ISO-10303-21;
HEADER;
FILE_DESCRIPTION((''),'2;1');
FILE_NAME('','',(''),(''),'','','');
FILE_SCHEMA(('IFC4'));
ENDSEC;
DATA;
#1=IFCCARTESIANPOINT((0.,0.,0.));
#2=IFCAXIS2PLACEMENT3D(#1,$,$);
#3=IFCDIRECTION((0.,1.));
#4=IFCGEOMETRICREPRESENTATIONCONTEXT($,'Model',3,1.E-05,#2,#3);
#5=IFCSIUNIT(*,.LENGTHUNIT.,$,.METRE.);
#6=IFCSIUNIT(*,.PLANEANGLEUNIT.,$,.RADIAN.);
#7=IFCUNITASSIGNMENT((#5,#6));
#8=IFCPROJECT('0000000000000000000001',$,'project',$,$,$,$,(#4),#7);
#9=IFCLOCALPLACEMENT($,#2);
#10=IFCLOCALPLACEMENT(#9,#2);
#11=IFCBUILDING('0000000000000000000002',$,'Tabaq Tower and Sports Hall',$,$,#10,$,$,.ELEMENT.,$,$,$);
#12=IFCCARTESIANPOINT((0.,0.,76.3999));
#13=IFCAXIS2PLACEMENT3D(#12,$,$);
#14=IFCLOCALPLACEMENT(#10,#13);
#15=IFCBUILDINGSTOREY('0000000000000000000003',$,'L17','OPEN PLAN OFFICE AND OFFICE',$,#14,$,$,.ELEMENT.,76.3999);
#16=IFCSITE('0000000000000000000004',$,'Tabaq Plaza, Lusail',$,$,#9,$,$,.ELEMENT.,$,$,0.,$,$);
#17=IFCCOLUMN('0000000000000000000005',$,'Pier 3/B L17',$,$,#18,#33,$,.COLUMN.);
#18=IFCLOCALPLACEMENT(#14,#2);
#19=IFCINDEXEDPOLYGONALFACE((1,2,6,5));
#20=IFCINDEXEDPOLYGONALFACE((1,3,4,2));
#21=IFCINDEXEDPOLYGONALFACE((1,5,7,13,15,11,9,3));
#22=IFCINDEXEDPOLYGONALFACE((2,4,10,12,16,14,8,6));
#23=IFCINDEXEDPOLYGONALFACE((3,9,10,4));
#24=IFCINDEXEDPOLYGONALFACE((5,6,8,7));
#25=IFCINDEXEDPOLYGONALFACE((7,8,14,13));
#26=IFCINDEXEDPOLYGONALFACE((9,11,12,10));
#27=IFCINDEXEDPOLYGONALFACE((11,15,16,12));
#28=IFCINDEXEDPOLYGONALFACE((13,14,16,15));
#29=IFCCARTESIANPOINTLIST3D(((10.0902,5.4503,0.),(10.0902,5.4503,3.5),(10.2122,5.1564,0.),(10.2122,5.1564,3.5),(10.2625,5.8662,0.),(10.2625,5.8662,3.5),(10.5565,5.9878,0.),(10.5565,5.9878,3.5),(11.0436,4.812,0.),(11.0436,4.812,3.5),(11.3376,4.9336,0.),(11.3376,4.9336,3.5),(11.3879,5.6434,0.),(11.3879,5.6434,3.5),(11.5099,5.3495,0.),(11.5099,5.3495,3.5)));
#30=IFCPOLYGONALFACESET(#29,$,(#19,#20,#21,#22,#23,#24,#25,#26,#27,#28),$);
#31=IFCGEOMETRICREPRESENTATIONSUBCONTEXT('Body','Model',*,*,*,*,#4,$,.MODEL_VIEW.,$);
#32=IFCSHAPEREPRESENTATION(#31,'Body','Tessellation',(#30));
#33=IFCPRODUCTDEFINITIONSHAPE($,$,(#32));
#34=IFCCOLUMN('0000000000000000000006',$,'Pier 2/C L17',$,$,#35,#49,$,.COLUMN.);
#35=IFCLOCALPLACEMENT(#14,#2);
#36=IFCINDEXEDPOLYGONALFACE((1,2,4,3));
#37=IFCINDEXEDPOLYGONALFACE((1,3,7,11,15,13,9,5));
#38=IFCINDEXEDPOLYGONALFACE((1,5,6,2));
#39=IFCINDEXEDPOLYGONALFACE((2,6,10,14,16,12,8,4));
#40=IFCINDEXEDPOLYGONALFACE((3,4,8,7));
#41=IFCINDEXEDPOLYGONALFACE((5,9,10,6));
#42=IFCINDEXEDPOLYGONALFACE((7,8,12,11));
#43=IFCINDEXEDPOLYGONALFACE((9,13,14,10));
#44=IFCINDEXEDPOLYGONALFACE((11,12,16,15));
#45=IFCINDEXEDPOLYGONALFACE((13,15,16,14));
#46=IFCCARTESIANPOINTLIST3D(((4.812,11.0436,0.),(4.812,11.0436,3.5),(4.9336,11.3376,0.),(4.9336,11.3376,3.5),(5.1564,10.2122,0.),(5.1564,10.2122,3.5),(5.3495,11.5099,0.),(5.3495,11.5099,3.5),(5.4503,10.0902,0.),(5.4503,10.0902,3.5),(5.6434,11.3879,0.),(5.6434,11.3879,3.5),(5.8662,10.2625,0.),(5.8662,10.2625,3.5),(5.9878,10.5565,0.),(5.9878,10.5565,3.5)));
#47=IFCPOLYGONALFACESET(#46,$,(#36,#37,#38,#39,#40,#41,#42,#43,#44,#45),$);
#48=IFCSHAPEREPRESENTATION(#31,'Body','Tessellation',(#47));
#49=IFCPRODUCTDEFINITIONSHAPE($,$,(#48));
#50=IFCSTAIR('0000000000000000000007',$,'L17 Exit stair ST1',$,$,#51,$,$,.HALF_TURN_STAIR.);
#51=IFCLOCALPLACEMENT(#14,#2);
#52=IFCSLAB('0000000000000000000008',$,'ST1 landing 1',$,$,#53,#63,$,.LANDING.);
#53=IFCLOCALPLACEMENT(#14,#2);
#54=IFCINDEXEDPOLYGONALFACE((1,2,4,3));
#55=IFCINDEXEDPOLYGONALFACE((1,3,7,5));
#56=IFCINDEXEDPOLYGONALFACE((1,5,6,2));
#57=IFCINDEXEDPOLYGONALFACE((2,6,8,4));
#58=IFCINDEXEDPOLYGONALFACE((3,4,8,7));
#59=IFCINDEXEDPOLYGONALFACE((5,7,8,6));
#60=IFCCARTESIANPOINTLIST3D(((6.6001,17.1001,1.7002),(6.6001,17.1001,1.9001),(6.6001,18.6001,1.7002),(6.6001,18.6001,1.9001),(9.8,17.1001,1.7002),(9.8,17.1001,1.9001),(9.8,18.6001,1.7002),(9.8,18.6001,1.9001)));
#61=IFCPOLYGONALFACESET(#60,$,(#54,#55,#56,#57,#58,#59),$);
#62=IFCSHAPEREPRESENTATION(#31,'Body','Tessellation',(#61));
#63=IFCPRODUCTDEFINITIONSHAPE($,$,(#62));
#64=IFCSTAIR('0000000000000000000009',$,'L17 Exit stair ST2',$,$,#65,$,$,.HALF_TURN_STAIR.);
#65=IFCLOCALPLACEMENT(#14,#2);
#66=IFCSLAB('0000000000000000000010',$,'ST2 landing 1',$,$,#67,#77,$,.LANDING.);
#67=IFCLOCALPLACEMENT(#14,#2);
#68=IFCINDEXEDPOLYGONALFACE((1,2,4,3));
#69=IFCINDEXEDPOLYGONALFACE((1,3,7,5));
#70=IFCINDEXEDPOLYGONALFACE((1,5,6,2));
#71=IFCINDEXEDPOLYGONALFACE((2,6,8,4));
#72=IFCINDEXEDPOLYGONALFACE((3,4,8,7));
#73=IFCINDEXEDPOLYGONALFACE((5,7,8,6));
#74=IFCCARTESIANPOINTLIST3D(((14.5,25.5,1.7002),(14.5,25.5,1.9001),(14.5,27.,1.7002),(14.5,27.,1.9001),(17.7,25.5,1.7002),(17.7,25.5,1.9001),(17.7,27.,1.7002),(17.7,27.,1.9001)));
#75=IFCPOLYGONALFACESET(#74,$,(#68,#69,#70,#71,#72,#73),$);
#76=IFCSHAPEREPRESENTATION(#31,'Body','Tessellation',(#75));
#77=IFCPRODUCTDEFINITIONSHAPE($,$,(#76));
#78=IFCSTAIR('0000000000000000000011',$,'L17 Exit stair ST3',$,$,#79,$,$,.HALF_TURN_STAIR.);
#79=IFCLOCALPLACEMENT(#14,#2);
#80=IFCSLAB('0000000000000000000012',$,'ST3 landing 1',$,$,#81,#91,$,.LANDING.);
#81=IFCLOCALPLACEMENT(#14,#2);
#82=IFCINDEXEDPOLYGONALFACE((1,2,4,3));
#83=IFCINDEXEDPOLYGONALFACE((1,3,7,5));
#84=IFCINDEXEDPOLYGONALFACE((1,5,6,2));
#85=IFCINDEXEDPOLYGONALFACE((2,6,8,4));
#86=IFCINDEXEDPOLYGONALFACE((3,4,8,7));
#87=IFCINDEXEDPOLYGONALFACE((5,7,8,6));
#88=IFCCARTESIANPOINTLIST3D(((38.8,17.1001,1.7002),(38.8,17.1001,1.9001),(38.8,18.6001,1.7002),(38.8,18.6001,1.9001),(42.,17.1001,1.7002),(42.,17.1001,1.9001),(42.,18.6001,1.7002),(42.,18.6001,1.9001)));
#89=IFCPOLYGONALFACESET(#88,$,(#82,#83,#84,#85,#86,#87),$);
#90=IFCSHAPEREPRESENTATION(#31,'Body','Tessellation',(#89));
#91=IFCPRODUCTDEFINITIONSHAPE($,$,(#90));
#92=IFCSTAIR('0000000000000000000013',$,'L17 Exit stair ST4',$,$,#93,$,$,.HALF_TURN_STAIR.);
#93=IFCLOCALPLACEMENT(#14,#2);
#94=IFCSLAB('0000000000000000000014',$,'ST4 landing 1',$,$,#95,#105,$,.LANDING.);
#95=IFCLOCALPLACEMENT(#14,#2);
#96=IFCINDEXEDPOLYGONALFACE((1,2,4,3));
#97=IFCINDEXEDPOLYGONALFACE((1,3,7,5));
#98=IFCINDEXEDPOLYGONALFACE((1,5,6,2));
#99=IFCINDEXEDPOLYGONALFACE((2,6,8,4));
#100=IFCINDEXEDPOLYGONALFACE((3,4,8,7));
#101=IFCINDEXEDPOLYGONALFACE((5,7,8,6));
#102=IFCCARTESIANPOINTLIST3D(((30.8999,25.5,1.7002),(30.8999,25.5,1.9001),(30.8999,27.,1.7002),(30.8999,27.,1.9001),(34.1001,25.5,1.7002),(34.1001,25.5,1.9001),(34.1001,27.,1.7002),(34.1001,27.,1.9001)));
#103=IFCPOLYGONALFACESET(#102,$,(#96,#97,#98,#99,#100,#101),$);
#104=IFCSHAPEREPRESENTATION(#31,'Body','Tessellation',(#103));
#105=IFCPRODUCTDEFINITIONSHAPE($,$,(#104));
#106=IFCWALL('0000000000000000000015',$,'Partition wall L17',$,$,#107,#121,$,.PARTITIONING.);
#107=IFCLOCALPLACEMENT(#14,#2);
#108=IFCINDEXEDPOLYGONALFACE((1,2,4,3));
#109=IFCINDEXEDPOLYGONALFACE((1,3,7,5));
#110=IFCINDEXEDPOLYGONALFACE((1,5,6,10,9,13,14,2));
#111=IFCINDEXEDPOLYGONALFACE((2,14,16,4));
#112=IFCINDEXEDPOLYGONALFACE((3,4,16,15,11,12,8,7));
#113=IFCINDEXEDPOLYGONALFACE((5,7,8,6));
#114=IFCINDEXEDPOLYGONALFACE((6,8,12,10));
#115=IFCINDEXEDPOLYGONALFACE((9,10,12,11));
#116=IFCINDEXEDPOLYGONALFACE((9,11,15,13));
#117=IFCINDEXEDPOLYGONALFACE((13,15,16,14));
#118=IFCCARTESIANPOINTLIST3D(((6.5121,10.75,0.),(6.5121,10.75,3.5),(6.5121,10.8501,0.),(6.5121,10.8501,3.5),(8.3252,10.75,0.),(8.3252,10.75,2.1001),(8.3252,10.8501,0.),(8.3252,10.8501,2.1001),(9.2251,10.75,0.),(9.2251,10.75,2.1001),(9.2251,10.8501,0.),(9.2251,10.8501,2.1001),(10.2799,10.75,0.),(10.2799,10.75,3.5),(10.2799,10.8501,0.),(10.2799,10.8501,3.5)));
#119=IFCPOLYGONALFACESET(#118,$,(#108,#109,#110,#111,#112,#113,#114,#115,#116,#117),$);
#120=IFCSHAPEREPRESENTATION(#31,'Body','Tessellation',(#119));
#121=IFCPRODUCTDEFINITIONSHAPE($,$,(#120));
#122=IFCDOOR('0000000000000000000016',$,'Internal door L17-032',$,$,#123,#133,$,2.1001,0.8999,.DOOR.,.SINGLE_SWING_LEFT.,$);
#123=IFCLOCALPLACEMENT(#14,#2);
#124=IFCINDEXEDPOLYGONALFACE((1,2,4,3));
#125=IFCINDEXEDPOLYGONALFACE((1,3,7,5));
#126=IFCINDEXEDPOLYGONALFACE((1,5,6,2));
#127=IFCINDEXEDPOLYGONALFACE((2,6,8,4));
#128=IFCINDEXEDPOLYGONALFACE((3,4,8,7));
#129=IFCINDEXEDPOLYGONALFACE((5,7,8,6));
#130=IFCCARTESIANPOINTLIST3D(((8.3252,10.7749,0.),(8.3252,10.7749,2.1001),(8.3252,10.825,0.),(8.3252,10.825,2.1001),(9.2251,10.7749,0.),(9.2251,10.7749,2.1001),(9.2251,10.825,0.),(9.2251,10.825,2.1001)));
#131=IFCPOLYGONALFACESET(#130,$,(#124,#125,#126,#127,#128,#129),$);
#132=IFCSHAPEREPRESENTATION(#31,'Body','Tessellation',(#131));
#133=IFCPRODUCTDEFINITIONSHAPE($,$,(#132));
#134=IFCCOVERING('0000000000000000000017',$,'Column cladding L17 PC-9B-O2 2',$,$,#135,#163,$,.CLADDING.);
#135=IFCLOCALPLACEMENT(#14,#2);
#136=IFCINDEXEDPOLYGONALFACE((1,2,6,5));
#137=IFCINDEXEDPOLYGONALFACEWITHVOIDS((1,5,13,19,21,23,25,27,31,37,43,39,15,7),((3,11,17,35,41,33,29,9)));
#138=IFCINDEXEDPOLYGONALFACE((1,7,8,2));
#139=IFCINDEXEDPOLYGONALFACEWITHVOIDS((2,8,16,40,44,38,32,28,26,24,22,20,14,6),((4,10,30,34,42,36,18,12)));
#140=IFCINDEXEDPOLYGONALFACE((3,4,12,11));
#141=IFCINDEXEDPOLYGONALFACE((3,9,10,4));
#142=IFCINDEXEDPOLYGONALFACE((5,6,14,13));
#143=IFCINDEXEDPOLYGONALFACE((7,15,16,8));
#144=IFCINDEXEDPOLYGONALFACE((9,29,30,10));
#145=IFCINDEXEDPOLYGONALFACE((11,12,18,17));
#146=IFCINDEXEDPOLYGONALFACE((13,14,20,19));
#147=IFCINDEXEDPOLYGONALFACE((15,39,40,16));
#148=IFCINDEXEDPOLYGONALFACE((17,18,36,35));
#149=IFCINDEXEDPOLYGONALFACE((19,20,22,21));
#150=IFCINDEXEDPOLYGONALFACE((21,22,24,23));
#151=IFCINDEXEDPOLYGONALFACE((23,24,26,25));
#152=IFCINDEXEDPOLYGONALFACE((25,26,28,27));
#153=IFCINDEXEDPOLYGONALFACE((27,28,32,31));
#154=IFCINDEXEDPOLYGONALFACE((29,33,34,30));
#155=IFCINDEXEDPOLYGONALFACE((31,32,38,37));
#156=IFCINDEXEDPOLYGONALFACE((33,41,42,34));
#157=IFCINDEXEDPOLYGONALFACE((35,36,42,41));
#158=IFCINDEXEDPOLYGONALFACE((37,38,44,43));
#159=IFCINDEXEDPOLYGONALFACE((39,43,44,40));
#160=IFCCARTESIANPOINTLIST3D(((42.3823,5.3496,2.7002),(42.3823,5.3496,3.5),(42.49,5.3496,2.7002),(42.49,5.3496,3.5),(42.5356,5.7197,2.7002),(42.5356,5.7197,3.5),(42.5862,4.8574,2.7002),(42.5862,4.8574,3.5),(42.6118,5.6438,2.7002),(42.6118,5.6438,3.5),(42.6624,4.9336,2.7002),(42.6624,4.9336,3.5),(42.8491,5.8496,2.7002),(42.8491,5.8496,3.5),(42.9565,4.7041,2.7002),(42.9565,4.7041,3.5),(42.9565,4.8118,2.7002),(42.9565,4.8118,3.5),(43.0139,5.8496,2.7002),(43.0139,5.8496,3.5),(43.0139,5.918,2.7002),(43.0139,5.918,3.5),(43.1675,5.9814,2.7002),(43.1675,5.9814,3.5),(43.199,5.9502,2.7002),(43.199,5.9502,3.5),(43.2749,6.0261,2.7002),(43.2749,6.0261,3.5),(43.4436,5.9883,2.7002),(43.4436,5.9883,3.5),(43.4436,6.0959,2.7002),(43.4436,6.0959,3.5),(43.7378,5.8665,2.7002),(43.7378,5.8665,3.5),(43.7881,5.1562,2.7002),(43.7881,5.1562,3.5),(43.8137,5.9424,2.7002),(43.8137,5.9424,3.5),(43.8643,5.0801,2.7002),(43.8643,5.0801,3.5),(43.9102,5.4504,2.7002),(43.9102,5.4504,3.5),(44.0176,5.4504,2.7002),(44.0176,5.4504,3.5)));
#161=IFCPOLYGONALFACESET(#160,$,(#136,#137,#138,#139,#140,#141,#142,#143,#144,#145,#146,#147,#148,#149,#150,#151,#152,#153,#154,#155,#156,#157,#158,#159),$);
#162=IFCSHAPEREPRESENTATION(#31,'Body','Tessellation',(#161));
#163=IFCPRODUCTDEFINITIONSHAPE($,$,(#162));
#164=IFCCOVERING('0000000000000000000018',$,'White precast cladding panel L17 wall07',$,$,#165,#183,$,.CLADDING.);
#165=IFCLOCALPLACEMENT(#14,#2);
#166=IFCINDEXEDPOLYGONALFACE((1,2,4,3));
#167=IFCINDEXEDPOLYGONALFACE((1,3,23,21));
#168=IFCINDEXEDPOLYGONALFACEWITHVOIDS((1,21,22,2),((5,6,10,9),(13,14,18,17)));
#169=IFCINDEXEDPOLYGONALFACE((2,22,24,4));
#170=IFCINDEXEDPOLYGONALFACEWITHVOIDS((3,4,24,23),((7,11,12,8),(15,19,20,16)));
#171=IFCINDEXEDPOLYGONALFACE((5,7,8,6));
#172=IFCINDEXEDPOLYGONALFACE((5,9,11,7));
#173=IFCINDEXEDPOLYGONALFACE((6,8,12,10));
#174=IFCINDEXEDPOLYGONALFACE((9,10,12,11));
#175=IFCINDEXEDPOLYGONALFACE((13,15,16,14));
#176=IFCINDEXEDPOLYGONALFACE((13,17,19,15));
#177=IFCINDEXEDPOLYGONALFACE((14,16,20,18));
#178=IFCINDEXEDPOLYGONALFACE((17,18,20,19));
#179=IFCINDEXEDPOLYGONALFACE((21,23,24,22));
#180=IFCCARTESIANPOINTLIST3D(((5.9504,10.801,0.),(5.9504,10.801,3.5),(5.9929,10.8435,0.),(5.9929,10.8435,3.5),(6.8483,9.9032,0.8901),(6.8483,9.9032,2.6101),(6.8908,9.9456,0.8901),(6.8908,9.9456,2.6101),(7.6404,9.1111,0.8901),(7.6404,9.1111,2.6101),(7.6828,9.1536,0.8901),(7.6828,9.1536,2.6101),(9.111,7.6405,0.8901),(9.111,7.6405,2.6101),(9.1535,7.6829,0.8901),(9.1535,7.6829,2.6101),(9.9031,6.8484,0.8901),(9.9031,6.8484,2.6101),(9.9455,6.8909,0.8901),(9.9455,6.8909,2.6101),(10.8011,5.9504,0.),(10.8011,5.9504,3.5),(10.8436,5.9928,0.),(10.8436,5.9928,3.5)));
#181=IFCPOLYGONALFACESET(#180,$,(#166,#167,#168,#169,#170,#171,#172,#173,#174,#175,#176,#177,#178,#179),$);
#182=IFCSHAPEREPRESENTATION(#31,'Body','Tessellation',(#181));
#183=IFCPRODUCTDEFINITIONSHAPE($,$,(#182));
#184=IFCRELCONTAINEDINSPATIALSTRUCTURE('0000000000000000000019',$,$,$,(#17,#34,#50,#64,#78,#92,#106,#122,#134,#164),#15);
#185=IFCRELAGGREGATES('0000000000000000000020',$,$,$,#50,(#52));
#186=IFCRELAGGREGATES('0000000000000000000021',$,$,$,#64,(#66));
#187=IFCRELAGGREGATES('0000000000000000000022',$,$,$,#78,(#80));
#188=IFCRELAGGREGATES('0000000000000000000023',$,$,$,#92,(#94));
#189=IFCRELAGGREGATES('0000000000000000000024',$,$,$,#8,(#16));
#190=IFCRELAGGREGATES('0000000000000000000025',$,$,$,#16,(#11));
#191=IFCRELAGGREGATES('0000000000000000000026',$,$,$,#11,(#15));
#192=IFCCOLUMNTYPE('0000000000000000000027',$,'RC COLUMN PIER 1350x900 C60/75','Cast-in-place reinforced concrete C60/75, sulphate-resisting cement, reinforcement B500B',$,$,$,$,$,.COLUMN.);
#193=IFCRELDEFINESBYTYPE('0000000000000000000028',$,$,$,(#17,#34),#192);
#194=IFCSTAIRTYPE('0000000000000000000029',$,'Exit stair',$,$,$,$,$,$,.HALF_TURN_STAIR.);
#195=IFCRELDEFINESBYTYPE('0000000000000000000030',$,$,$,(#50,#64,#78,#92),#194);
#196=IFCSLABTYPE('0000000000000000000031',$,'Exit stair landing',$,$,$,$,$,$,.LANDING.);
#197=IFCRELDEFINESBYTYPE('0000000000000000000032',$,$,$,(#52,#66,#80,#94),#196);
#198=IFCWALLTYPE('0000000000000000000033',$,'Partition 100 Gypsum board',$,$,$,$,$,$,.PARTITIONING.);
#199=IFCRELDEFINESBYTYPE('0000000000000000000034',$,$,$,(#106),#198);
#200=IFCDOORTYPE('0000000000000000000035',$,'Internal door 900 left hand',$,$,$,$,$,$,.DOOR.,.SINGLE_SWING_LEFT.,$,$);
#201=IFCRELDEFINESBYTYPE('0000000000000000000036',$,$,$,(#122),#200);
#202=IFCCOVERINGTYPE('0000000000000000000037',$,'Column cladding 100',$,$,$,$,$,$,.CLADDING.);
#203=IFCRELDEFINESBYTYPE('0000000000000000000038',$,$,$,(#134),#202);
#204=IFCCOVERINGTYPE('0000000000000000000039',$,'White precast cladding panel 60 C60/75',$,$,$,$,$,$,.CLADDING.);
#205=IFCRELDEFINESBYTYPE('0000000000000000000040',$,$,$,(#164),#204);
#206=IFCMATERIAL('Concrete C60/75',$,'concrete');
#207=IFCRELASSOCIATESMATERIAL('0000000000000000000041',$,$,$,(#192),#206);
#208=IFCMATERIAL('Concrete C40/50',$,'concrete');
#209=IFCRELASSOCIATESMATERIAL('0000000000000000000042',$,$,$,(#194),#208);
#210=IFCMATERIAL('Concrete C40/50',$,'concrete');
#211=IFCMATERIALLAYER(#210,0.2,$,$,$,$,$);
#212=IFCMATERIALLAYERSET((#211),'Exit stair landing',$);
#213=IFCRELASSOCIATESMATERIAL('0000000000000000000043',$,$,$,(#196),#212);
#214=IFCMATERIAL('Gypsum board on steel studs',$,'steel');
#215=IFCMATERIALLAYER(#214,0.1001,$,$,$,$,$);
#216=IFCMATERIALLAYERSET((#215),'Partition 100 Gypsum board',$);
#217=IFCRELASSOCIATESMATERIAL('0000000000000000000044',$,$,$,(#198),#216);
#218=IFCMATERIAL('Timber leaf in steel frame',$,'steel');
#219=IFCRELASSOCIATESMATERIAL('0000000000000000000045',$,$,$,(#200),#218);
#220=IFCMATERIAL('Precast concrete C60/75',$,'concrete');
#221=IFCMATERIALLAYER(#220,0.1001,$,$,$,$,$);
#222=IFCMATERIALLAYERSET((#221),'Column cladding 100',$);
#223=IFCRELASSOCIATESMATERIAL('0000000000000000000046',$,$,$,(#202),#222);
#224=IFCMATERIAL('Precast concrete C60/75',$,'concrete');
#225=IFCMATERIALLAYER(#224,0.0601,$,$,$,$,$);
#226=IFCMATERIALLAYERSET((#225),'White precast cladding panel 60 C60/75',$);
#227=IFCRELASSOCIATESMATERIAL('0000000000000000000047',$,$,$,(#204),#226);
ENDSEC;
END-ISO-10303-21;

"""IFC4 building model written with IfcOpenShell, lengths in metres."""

from ifc_helpers import new_model, si_unit, direction, frame, frame_2d, origin, place, context, subcontext, project, spatial, polyline, rectangle, outline, extrude, material, layer, layer_set, material_profile, profile_set, type_object, element, fill, aggregate, save


model = new_model("IFC4")

# Units and contexts
model_context = context("Model", 3, precision=1e-05, world=origin(), true_north=direction((0.0, 1.0)))
body_context = subcontext(model_context, "Body", "Model", "MODEL_VIEW")
ifc_project = project(units=[si_unit("LENGTHUNIT", "METRE"), si_unit("PLANEANGLEUNIT", "RADIAN")], contexts=[model_context])

# Site, building, storey
site_placement = place(None, origin())
site = spatial("IfcSite", under=ifc_project, at=site_placement, Name="Tabaq Plaza, Lusail", CompositionType="ELEMENT", RefElevation=0.0)
building_placement = place(site_placement, origin())
building = spatial("IfcBuilding", under=site, at=building_placement, Name="Tabaq Tower and Sports Hall", CompositionType="ELEMENT")
storey_placement = place(building_placement, frame((0.0, 0.0, 76.3999)))
storey = spatial("IfcBuildingStorey", under=building, at=storey_placement, Name="L17", Description="OPEN PLAN OFFICE AND OFFICE", CompositionType="ELEMENT", Elevation=76.3999)

# Columns
ifc_material_1 = material(Name="Concrete C60/75", Category="concrete")
ifc_material_profile = material_profile(ifc_material_1, outline(polyline([(-0.45, -0.45), (0.45, -0.45), (0.675, -0.2251), (0.675, 0.2251), (0.45, 0.45), (-0.45, 0.45), (-0.675, 0.2251), (-0.675, -0.2251), (-0.45, -0.45)])), Name="PIER 1350x900")
ifc_profile_set = profile_set([ifc_material_profile], Name="Concrete C60/75")
column_type = type_object("IfcColumnType", Name="RC COLUMN PIER 1350x900 C60/75", Description="Cast-in-place reinforced concrete C60/75, sulphate-resisting cement, reinforcement B500B", PredefinedType="COLUMN", material=ifc_profile_set)
for number, where, z_axis, x_axis, name in (
    (1, (10.8, 5.3999, 0.0), (0.0, 0.0, 1.0), (-0.92388, 0.382683, 0.0), "Pier 3/B L17"),
    (2, (5.3999, 10.8, 0.0), (0.0, 0.0, 1.0), (-0.382683, 0.92388, 0.0), "Pier 2/C L17"),
):
    element("IfcColumn", number, at=place(storey_placement, frame(where, z_axis=z_axis, x_axis=x_axis)), inside=storey, type_object=column_type, Name=name, PredefinedType="COLUMN", context=body_context, shape_type="SweptSolid", body=[
        extrude(outline(polyline([(-0.45, -0.45), (0.45, -0.45), (0.675, -0.2251), (0.675, 0.2251), (0.45, 0.45), (-0.45, 0.45), (-0.675, 0.2251), (-0.675, -0.2251), (-0.45, -0.45)])), origin(), (0.0, 0.0, 1.0), 3.5),
    ])

# Stairs, slabs
ifc_material_2 = material(Name="Concrete C40/50", Category="concrete")
stair_type = type_object("IfcStairType", Name="Exit stair", PredefinedType="HALF_TURN_STAIR", material=ifc_material_2)
stair_1_placement = place(storey_placement, origin())
stair_1 = element("IfcStair", 3, at=stair_1_placement, inside=storey, type_object=stair_type, Name="L17 Exit stair ST1", PredefinedType="HALF_TURN_STAIR")
ifc_material_3 = material(Name="Concrete C40/50", Category="concrete")
ifc_layer_1 = layer(ifc_material_3, 0.2)
ifc_layer_set_1 = layer_set([ifc_layer_1], Name="Exit stair landing")
slab_type = type_object("IfcSlabType", Name="Exit stair landing", PredefinedType="LANDING", material=ifc_layer_set_1)
slab_1_placement = place(storey_placement, frame((0.0, 0.0, 1.7002)))
slab_1 = element("IfcSlab", 4, at=slab_1_placement, type_object=slab_type, Name="ST1 landing 1", PredefinedType="LANDING", context=body_context, shape_type="SweptSolid", body=[
    extrude(outline(polyline([(6.6001, 18.6001), (6.6001, 17.1001), (9.8, 17.1001), (9.8, 18.6001), (6.6001, 18.6001)])), origin(), (0.0, 0.0, 1.0), 0.2),
])
aggregate(stair_1, [slab_1])
stair_2_placement = place(storey_placement, origin())
stair_2 = element("IfcStair", 5, at=stair_2_placement, inside=storey, type_object=stair_type, Name="L17 Exit stair ST2", PredefinedType="HALF_TURN_STAIR")
slab_2_placement = place(storey_placement, frame((0.0, 0.0, 1.7002)))
slab_2 = element("IfcSlab", 6, at=slab_2_placement, type_object=slab_type, Name="ST2 landing 1", PredefinedType="LANDING", context=body_context, shape_type="SweptSolid", body=[
    extrude(outline(polyline([(14.5, 27.0), (14.5, 25.5), (17.7, 25.5), (17.7, 27.0), (14.5, 27.0)])), origin(), (0.0, 0.0, 1.0), 0.2),
])
aggregate(stair_2, [slab_2])
stair_3_placement = place(storey_placement, origin())
stair_3 = element("IfcStair", 7, at=stair_3_placement, inside=storey, type_object=stair_type, Name="L17 Exit stair ST3", PredefinedType="HALF_TURN_STAIR")
slab_3_placement = place(storey_placement, frame((0.0, 0.0, 1.7002)))
slab_3 = element("IfcSlab", 8, at=slab_3_placement, type_object=slab_type, Name="ST3 landing 1", PredefinedType="LANDING", context=body_context, shape_type="SweptSolid", body=[
    extrude(outline(polyline([(38.8, 18.6001), (38.8, 17.1001), (42.0, 17.1001), (42.0, 18.6001), (38.8, 18.6001)])), origin(), (0.0, 0.0, 1.0), 0.2),
])
aggregate(stair_3, [slab_3])
stair_4_placement = place(storey_placement, origin())
stair_4 = element("IfcStair", 9, at=stair_4_placement, inside=storey, type_object=stair_type, Name="L17 Exit stair ST4", PredefinedType="HALF_TURN_STAIR")
slab_4_placement = place(storey_placement, frame((0.0, 0.0, 1.7002)))
slab_4 = element("IfcSlab", 10, at=slab_4_placement, type_object=slab_type, Name="ST4 landing 1", PredefinedType="LANDING", context=body_context, shape_type="SweptSolid", body=[
    extrude(outline(polyline([(30.8999, 27.0), (30.8999, 25.5), (34.1001, 25.5), (34.1001, 27.0), (30.8999, 27.0)])), origin(), (0.0, 0.0, 1.0), 0.2),
])
aggregate(stair_4, [slab_4])

# Wall, opening, door
ifc_material_4 = material(Name="Gypsum board on steel studs", Category="steel")
ifc_layer_2 = layer(ifc_material_4, 0.1001)
ifc_layer_set_2 = layer_set([ifc_layer_2], Name="Partition 100 Gypsum board")
wall_type = type_object("IfcWallType", Name="Partition 100 Gypsum board", PredefinedType="PARTITIONING", material=ifc_layer_set_2)
wall_placement = place(storey_placement, frame((6.5122, 10.8, 0.0), z_axis=(0.0, 0.0, 1.0), x_axis=(1.0, 0.0, 0.0)))
wall = element("IfcWall", 11, at=wall_placement, inside=storey, type_object=wall_type, Name="Partition wall L17", PredefinedType="PARTITIONING", context=body_context, shape_type="SweptSolid", body=[
    extrude(rectangle(XDim=3.7678, YDim=0.1001, at=frame_2d((1.8838, 0.0))), origin(), (0.0, 0.0, 1.0), 3.5),
])
opening_placement = place(wall_placement, frame((1.813, 0.0, 0.0)))
opening = element("IfcOpeningElement", 12, at=opening_placement, cuts=wall, PredefinedType="OPENING", context=body_context, shape_type="SweptSolid", body=[
    extrude(rectangle(XDim=0.8999, YDim=2.1001, at=frame_2d((0.45, 1.05))), frame((0.0, 0.05, 0.0), z_axis=(0.0, -1.0, 0.0), x_axis=(1.0, 0.0, 0.0)), (0.0, 0.0, 1.0), 0.1001),
])
ifc_material_5 = material(Name="Timber leaf in steel frame", Category="steel")
door_type = type_object("IfcDoorType", Name="Internal door 900 left hand", OperationType="SINGLE_SWING_LEFT", PredefinedType="DOOR", material=ifc_material_5)
door_placement = place(opening_placement, origin())
door = element("IfcDoor", 13, at=door_placement, inside=storey, type_object=door_type, Name="Internal door L17-032", OperationType="SINGLE_SWING_LEFT", OverallHeight=2.1001, OverallWidth=0.8999, PredefinedType="DOOR", context=body_context, shape_type="SweptSolid", body=[
    extrude(rectangle(XDim=0.8999, YDim=2.1001, at=frame_2d((0.45, 1.05))), frame((0.0, 0.0249, 0.0), z_axis=(0.0, -1.0, 0.0), x_axis=(1.0, 0.0, 0.0)), (0.0, 0.0, 1.0), 0.05),
])
fill(opening, door)

# Coverings
ifc_material_6 = material(Name="Precast concrete C60/75", Category="concrete")
ifc_layer_3 = layer(ifc_material_6, 0.1001)
ifc_layer_set_3 = layer_set([ifc_layer_3], Name="Column cladding 100")
covering_type_1 = type_object("IfcCoveringType", Name="Column cladding 100", PredefinedType="CLADDING", material=ifc_layer_set_3)
covering_1_placement = place(storey_placement, frame((0.0, 0.0, 2.7002)))
element("IfcCovering", 14, at=covering_1_placement, inside=storey, type_object=covering_type_1, Name="Column cladding L17 PC-9B-O2 2", PredefinedType="CLADDING", context=body_context, shape_type="SweptSolid", body=[
    extrude(outline(polyline([(42.3823, 5.3496), (42.5356, 5.7197), (42.8491, 5.8496), (43.0139, 5.8496), (43.0139, 5.918), (43.1675, 5.9814), (43.199, 5.9502), (43.2749, 6.0261), (43.4436, 6.0959), (43.8137, 5.9424), (44.0176, 5.4504), (43.8643, 5.0801), (42.9565, 4.7041), (42.5862, 4.8574), (42.3823, 5.3496)]), holes=[polyline([(43.9102, 5.4504), (43.7378, 5.8665), (43.4436, 5.9883), (42.6118, 5.6438), (42.49, 5.3496), (42.6624, 4.9336), (42.9565, 4.8118), (43.7881, 5.1562), (43.9102, 5.4504)])]), origin(), (0.0, 0.0, 1.0), 0.7998),
])
ifc_material_7 = material(Name="Precast concrete C60/75", Category="concrete")
ifc_layer_4 = layer(ifc_material_7, 0.0601)
ifc_layer_set_4 = layer_set([ifc_layer_4], Name="White precast cladding panel 60 C60/75")
covering_type_2 = type_object("IfcCoveringType", Name="White precast cladding panel 60 C60/75", PredefinedType="CLADDING", material=ifc_layer_set_4)
covering_2_placement = place(storey_placement, frame((5.9717, 10.8223, 0.0), z_axis=(0.0, 0.0, 1.0), x_axis=(0.707107, -0.707107, 0.0)))
element("IfcCovering", 15, at=covering_2_placement, inside=storey, type_object=covering_type_2, Name="White precast cladding panel L17 wall07", PredefinedType="CLADDING", context=body_context, shape_type="SweptSolid", body=[
    extrude(outline(polyline([(0.0, 0.0), (6.8599, 0.0), (6.8599, 3.5), (0.0, 3.5), (0.0, 0.0)]), holes=[polyline([(1.2698, 2.6101), (2.3899, 2.6101), (2.3899, 0.8901), (1.2698, 0.8901), (1.2698, 2.6101)]), polyline([(4.4697, 2.6101), (5.5898, 2.6101), (5.5898, 0.8901), (4.4697, 0.8901), (4.4697, 2.6101)])]), frame((0.0, 0.03, 0.0), z_axis=(0.0, -1.0, 0.0), x_axis=(1.0, 0.0, 0.0)), (0.0, 0.0, 1.0), 0.0601),
])

save(model, "model.ifc")
